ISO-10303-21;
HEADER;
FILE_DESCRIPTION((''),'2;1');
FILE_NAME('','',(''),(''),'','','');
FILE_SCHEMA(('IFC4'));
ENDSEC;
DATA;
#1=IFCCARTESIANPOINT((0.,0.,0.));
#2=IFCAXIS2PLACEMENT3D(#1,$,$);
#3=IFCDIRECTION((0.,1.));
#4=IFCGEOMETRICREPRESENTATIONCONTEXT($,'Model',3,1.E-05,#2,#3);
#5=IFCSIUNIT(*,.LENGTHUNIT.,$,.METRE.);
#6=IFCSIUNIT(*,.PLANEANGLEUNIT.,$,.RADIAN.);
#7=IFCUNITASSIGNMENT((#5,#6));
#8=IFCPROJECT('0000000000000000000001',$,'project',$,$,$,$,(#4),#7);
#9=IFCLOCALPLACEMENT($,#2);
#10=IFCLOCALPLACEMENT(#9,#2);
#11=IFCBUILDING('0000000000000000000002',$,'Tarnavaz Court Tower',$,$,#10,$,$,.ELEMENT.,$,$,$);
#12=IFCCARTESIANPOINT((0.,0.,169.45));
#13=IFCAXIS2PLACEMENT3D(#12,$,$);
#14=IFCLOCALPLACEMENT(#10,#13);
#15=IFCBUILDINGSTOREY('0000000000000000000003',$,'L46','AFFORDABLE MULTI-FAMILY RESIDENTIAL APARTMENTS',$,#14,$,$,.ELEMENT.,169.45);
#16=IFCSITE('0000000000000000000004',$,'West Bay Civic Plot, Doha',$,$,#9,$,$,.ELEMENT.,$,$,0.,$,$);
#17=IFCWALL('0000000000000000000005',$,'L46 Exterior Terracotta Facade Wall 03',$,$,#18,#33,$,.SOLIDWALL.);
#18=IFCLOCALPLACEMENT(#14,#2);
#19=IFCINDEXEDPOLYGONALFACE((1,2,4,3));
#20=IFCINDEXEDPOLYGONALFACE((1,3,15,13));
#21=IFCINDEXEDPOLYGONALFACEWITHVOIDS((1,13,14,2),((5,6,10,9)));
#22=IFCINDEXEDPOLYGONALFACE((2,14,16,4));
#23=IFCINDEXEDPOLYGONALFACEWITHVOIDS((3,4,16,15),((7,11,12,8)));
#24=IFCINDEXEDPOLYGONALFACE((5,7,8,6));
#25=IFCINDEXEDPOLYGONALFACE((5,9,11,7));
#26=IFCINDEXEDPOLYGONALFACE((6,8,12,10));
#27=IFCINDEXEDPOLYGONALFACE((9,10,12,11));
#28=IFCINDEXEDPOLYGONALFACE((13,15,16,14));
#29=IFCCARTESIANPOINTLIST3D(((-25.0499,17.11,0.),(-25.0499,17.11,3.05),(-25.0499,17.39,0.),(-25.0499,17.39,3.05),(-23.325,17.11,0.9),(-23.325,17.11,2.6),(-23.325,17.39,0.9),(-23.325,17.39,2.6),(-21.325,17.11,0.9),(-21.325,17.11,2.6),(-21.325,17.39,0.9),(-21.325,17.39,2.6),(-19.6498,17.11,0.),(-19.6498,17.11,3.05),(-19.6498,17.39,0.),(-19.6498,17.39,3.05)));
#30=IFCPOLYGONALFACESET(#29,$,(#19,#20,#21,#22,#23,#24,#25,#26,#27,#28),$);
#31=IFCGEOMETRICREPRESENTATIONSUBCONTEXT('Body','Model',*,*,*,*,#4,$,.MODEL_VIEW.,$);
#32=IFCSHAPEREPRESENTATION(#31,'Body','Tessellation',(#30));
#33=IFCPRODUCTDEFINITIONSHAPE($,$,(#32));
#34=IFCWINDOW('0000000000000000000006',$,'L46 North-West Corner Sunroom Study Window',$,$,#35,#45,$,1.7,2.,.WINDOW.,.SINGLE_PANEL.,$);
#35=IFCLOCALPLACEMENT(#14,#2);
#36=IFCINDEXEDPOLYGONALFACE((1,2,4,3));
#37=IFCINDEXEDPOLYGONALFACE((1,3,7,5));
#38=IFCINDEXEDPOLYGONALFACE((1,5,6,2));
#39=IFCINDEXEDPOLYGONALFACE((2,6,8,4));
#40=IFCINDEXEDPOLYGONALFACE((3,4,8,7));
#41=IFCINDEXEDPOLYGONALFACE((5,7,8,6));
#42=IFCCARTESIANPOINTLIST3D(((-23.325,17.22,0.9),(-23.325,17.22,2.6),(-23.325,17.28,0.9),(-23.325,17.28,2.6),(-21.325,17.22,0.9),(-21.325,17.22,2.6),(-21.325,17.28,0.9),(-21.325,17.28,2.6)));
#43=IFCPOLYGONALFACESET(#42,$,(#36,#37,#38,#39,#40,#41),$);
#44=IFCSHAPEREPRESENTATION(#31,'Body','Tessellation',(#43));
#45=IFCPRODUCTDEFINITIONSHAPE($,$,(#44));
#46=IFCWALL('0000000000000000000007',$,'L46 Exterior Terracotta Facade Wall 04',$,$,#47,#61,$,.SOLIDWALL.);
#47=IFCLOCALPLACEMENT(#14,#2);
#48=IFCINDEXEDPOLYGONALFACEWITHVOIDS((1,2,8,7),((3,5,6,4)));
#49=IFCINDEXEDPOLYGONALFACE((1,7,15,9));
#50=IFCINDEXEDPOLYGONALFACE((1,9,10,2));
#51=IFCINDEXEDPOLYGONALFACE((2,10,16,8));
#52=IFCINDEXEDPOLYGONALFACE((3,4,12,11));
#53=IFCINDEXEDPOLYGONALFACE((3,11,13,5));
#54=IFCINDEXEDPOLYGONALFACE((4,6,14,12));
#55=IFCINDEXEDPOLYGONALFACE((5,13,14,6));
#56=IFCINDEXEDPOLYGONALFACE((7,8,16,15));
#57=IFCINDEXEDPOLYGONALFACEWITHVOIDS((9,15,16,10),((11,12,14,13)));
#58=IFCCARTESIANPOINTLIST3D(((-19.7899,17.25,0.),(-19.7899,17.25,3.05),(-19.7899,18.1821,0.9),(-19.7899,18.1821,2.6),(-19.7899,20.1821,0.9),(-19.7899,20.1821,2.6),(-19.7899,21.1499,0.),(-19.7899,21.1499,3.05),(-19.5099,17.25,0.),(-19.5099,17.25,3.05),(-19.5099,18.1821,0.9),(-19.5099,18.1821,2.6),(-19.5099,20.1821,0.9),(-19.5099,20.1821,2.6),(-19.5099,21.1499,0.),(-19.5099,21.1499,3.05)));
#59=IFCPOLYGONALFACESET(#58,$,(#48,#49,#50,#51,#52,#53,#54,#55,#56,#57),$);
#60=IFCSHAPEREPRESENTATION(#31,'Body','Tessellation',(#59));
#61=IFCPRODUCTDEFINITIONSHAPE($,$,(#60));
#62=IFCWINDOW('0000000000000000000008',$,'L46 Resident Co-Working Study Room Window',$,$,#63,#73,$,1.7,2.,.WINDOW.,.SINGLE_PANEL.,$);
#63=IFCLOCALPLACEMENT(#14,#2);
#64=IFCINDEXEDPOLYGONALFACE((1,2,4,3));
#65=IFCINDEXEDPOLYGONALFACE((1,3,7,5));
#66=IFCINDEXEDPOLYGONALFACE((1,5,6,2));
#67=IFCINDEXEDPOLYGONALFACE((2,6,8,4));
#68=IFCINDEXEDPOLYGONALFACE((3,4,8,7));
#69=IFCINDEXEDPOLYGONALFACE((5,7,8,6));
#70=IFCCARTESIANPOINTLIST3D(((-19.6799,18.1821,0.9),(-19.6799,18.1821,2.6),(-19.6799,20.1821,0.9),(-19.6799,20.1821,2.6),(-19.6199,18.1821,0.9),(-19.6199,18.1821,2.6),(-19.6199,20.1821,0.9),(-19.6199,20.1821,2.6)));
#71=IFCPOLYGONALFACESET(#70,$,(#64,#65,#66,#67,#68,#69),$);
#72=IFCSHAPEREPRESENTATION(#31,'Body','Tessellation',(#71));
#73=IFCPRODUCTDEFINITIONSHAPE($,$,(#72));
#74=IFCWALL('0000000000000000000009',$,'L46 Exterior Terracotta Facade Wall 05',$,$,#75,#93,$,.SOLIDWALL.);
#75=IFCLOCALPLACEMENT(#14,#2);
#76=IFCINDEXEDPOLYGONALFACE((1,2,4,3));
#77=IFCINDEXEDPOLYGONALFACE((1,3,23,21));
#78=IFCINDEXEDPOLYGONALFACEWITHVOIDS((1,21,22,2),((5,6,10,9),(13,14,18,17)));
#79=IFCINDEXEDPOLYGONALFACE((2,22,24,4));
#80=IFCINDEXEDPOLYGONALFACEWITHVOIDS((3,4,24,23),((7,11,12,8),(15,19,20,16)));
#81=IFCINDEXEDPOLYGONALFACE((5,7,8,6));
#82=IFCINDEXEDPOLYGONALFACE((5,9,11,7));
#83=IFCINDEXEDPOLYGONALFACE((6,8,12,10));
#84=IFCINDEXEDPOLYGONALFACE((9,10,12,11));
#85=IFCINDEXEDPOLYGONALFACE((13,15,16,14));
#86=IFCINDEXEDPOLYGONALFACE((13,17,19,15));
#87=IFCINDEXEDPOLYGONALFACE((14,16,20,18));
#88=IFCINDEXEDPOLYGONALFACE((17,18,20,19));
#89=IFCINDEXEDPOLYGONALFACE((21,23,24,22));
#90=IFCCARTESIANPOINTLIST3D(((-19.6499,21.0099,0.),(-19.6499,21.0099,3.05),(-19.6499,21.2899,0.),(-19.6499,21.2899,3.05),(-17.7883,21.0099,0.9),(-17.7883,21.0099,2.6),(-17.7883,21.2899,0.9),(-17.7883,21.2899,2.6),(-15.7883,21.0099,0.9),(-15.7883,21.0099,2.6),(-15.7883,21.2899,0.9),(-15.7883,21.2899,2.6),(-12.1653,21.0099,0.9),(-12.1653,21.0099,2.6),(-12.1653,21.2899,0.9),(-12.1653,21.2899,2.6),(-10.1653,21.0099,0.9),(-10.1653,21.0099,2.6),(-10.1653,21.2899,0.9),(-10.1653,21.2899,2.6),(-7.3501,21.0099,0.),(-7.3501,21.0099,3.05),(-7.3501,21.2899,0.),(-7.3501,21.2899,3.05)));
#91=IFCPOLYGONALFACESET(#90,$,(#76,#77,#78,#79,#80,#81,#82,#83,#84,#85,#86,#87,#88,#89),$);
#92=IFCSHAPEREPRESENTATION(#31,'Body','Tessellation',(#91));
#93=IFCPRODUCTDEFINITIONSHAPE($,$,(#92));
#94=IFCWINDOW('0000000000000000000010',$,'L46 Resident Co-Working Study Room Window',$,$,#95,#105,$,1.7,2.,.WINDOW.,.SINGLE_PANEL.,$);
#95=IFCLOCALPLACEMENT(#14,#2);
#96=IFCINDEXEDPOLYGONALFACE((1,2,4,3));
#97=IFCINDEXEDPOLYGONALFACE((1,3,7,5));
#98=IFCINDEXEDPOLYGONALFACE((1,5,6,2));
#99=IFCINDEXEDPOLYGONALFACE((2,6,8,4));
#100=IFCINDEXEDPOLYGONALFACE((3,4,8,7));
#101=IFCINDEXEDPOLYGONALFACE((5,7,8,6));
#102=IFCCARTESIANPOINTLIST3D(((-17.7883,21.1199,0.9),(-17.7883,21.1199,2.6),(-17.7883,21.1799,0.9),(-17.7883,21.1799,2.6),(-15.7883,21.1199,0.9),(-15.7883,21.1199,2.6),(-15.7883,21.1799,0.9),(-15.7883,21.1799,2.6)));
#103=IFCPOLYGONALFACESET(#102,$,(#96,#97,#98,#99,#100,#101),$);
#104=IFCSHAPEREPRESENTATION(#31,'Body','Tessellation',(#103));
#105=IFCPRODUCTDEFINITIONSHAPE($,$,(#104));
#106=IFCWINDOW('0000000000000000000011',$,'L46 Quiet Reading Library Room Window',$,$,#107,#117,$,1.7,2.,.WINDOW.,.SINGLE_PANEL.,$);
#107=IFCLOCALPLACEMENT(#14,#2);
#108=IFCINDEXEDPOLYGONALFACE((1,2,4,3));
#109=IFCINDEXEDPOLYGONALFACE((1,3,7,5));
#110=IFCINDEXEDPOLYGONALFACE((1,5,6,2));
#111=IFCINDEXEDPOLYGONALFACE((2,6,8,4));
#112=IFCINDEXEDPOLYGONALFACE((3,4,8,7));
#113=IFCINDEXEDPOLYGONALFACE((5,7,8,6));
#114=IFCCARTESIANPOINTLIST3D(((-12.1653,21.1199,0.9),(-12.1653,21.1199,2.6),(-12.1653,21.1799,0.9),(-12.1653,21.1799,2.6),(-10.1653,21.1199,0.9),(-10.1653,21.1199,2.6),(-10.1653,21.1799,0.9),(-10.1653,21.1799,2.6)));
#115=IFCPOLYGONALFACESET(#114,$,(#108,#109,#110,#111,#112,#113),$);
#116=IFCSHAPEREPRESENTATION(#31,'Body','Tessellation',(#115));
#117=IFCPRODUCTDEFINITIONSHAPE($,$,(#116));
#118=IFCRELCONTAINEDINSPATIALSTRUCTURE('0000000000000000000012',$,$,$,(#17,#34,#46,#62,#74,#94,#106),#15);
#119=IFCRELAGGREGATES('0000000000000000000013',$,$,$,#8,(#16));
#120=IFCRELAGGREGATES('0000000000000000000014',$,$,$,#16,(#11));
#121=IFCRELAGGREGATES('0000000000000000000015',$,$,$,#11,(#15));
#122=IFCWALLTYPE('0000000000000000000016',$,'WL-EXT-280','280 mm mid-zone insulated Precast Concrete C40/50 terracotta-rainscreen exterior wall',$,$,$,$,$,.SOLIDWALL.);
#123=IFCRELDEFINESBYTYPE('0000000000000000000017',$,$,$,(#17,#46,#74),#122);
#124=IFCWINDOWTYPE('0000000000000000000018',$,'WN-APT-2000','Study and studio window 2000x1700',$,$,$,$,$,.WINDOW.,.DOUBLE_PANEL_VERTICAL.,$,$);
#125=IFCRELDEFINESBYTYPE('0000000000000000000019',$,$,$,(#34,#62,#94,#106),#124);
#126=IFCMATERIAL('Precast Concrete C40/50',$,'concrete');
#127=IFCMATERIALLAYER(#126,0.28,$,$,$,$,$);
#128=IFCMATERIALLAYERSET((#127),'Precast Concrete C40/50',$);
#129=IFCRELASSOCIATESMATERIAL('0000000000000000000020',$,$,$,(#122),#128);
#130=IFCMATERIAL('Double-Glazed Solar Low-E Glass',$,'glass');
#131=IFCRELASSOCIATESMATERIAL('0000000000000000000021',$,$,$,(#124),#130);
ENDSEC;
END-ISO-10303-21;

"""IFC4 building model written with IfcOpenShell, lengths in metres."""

from ifc_helpers import new_model, si_unit, direction, frame, frame_2d, origin, place, context, subcontext, project, spatial, rectangle, extrude, material, layer, layer_set, type_object, element, fill, save


model = new_model("IFC4")

# Units and contexts
model_context = context("Model", 3, precision=1e-05, world=origin(), true_north=direction((0.0, 1.0)))
body_context = subcontext(model_context, "Body", "Model", "MODEL_VIEW")
ifc_project = project(units=[si_unit("LENGTHUNIT", "METRE"), si_unit("PLANEANGLEUNIT", "RADIAN")], contexts=[model_context])

# Site, building, storey
site_placement = place(None, origin())
site = spatial("IfcSite", under=ifc_project, at=site_placement, Name="West Bay Civic Plot, Doha", CompositionType="ELEMENT", RefElevation=0.0)
building_placement = place(site_placement, origin())
building = spatial("IfcBuilding", under=site, at=building_placement, Name="Tarnavaz Court Tower", CompositionType="ELEMENT")
storey_placement = place(building_placement, frame((0.0, 0.0, 169.45)))
storey = spatial("IfcBuildingStorey", under=building, at=storey_placement, Name="L46", Description="AFFORDABLE MULTI-FAMILY RESIDENTIAL APARTMENTS", CompositionType="ELEMENT", Elevation=169.45)

# Walls, openings, windows
ifc_material_1 = material(Name="Precast Concrete C40/50", Category="concrete")
ifc_layer_1 = layer(ifc_material_1, 0.28)
ifc_layer_set_1 = layer_set([ifc_layer_1], Name="Precast Concrete C40/50")
wall_type_1 = type_object("IfcWallType", Name="WL-EXT-280", Description="280 mm mid-zone insulated Precast Concrete C40/50 terracotta-rainscreen exterior wall", PredefinedType="SOLIDWALL", material=ifc_layer_set_1)
wall_1_placement = place(storey_placement, frame((-25.05, 17.25, 0.0), z_axis=(0.0, 0.0, 1.0), x_axis=(1.0, 0.0, 0.0)))
wall_1 = element("IfcWall", 1, at=wall_1_placement, inside=storey, type_object=wall_type_1, Name="L46 Exterior Terracotta Facade Wall 03", PredefinedType="SOLIDWALL", context=body_context, shape_type="SweptSolid", body=[
    extrude(rectangle(XDim=5.4001, YDim=0.28, at=frame_2d((2.7002, 0.0))), origin(), (0.0, 0.0, 1.0), 3.05),
])
opening_1_placement = place(wall_1_placement, frame((1.7251, 0.0, 0.8999)))
opening_1 = element("IfcOpeningElement", 2, at=opening_1_placement, cuts=wall_1, PredefinedType="OPENING", context=body_context, shape_type="SweptSolid", body=[
    extrude(rectangle(XDim=2.0, YDim=1.7, at=frame_2d((1.0, 0.8501))), frame((0.0, 0.1499, 0.0), z_axis=(0.0, -1.0, 0.0), x_axis=(1.0, 0.0, 0.0)), (0.0, 0.0, 1.0), 0.3),
])
ifc_material_2 = material(Name="Double-Glazed Solar Low-E Glass", Category="glass")
window_type = type_object("IfcWindowType", Name="WN-APT-2000", Description="Study and studio window 2000x1700", PartitioningType="DOUBLE_PANEL_VERTICAL", PredefinedType="WINDOW", material=ifc_material_2)
window_1_placement = place(opening_1_placement, origin())
window_1 = element("IfcWindow", 3, at=window_1_placement, inside=storey, type_object=window_type, Name="L46 North-West Corner Sunroom Study Window", OverallHeight=1.7, OverallWidth=2.0, PartitioningType="SINGLE_PANEL", PredefinedType="WINDOW", context=body_context, shape_type="SweptSolid", body=[
    extrude(rectangle(XDim=2.0, YDim=1.7, at=frame_2d((1.0, 0.8501))), frame((0.0, 0.03, 0.0), z_axis=(0.0, -1.0, 0.0), x_axis=(1.0, 0.0, 0.0)), (0.0, 0.0, 1.0), 0.0601),
])
fill(opening_1, window_1)
wall_2_placement = place(storey_placement, frame((-19.6499, 17.25, 0.0), z_axis=(0.0, 0.0, 1.0), x_axis=(0.0, 1.0, 0.0)))
wall_2 = element("IfcWall", 4, at=wall_2_placement, inside=storey, type_object=wall_type_1, Name="L46 Exterior Terracotta Facade Wall 04", PredefinedType="SOLIDWALL", context=body_context, shape_type="SweptSolid", body=[
    extrude(rectangle(XDim=3.8999, YDim=0.28, at=frame_2d((1.95, 0.0))), origin(), (0.0, 0.0, 1.0), 3.05),
])
opening_2_placement = place(wall_2_placement, frame((0.9321, 0.0, 0.8999)))
opening_2 = element("IfcOpeningElement", 5, at=opening_2_placement, cuts=wall_2, PredefinedType="OPENING", context=body_context, shape_type="SweptSolid", body=[
    extrude(rectangle(XDim=2.0, YDim=1.7, at=frame_2d((1.0, 0.8501))), frame((0.0, 0.1499, 0.0), z_axis=(0.0, -1.0, 0.0), x_axis=(1.0, 0.0, 0.0)), (0.0, 0.0, 1.0), 0.3),
])
window_2_placement = place(opening_2_placement, origin())
window_2 = element("IfcWindow", 6, at=window_2_placement, inside=storey, type_object=window_type, Name="L46 Resident Co-Working Study Room Window", OverallHeight=1.7, OverallWidth=2.0, PartitioningType="SINGLE_PANEL", PredefinedType="WINDOW", context=body_context, shape_type="SweptSolid", body=[
    extrude(rectangle(XDim=2.0, YDim=1.7, at=frame_2d((1.0, 0.8501))), frame((0.0, 0.03, 0.0), z_axis=(0.0, -1.0, 0.0), x_axis=(1.0, 0.0, 0.0)), (0.0, 0.0, 1.0), 0.0601),
])
fill(opening_2, window_2)

# Wall, openings, windows
wall_3_placement = place(storey_placement, frame((-19.6499, 21.1499, 0.0), z_axis=(0.0, 0.0, 1.0), x_axis=(1.0, 0.0, 0.0)))
wall_3 = element("IfcWall", 7, at=wall_3_placement, inside=storey, type_object=wall_type_1, Name="L46 Exterior Terracotta Facade Wall 05", PredefinedType="SOLIDWALL", context=body_context, shape_type="SweptSolid", body=[
    extrude(rectangle(XDim=12.2998, YDim=0.28, at=frame_2d((6.1499, 0.0))), origin(), (0.0, 0.0, 1.0), 3.05),
])
opening_3_placement = place(wall_3_placement, frame((1.8616, 0.0, 0.8999)))
opening_3 = element("IfcOpeningElement", 8, at=opening_3_placement, cuts=wall_3, PredefinedType="OPENING", context=body_context, shape_type="SweptSolid", body=[
    extrude(rectangle(XDim=2.0, YDim=1.7, at=frame_2d((1.0, 0.8501))), frame((0.0, 0.1499, 0.0), z_axis=(0.0, -1.0, 0.0), x_axis=(1.0, 0.0, 0.0)), (0.0, 0.0, 1.0), 0.3),
])
opening_4_placement = place(wall_3_placement, frame((7.4846, 0.0, 0.8999)))
opening_4 = element("IfcOpeningElement", 9, at=opening_4_placement, cuts=wall_3, PredefinedType="OPENING", context=body_context, shape_type="SweptSolid", body=[
    extrude(rectangle(XDim=2.0, YDim=1.7, at=frame_2d((1.0, 0.8501))), frame((0.0, 0.1499, 0.0), z_axis=(0.0, -1.0, 0.0), x_axis=(1.0, 0.0, 0.0)), (0.0, 0.0, 1.0), 0.3),
])
window_3_placement = place(opening_3_placement, origin())
window_3 = element("IfcWindow", 10, at=window_3_placement, inside=storey, type_object=window_type, Name="L46 Resident Co-Working Study Room Window", OverallHeight=1.7, OverallWidth=2.0, PartitioningType="SINGLE_PANEL", PredefinedType="WINDOW", context=body_context, shape_type="SweptSolid", body=[
    extrude(rectangle(XDim=2.0, YDim=1.7, at=frame_2d((1.0, 0.8501))), frame((0.0, 0.03, 0.0), z_axis=(0.0, -1.0, 0.0), x_axis=(1.0, 0.0, 0.0)), (0.0, 0.0, 1.0), 0.0601),
])
fill(opening_3, window_3)
window_4_placement = place(opening_4_placement, origin())
window_4 = element("IfcWindow", 11, at=window_4_placement, inside=storey, type_object=window_type, Name="L46 Quiet Reading Library Room Window", OverallHeight=1.7, OverallWidth=2.0, PartitioningType="SINGLE_PANEL", PredefinedType="WINDOW", context=body_context, shape_type="SweptSolid", body=[
    extrude(rectangle(XDim=2.0, YDim=1.7, at=frame_2d((1.0, 0.8501))), frame((0.0, 0.03, 0.0), z_axis=(0.0, -1.0, 0.0), x_axis=(1.0, 0.0, 0.0)), (0.0, 0.0, 1.0), 0.0601),
])
fill(opening_4, window_4)

save(model, "model.ifc")
